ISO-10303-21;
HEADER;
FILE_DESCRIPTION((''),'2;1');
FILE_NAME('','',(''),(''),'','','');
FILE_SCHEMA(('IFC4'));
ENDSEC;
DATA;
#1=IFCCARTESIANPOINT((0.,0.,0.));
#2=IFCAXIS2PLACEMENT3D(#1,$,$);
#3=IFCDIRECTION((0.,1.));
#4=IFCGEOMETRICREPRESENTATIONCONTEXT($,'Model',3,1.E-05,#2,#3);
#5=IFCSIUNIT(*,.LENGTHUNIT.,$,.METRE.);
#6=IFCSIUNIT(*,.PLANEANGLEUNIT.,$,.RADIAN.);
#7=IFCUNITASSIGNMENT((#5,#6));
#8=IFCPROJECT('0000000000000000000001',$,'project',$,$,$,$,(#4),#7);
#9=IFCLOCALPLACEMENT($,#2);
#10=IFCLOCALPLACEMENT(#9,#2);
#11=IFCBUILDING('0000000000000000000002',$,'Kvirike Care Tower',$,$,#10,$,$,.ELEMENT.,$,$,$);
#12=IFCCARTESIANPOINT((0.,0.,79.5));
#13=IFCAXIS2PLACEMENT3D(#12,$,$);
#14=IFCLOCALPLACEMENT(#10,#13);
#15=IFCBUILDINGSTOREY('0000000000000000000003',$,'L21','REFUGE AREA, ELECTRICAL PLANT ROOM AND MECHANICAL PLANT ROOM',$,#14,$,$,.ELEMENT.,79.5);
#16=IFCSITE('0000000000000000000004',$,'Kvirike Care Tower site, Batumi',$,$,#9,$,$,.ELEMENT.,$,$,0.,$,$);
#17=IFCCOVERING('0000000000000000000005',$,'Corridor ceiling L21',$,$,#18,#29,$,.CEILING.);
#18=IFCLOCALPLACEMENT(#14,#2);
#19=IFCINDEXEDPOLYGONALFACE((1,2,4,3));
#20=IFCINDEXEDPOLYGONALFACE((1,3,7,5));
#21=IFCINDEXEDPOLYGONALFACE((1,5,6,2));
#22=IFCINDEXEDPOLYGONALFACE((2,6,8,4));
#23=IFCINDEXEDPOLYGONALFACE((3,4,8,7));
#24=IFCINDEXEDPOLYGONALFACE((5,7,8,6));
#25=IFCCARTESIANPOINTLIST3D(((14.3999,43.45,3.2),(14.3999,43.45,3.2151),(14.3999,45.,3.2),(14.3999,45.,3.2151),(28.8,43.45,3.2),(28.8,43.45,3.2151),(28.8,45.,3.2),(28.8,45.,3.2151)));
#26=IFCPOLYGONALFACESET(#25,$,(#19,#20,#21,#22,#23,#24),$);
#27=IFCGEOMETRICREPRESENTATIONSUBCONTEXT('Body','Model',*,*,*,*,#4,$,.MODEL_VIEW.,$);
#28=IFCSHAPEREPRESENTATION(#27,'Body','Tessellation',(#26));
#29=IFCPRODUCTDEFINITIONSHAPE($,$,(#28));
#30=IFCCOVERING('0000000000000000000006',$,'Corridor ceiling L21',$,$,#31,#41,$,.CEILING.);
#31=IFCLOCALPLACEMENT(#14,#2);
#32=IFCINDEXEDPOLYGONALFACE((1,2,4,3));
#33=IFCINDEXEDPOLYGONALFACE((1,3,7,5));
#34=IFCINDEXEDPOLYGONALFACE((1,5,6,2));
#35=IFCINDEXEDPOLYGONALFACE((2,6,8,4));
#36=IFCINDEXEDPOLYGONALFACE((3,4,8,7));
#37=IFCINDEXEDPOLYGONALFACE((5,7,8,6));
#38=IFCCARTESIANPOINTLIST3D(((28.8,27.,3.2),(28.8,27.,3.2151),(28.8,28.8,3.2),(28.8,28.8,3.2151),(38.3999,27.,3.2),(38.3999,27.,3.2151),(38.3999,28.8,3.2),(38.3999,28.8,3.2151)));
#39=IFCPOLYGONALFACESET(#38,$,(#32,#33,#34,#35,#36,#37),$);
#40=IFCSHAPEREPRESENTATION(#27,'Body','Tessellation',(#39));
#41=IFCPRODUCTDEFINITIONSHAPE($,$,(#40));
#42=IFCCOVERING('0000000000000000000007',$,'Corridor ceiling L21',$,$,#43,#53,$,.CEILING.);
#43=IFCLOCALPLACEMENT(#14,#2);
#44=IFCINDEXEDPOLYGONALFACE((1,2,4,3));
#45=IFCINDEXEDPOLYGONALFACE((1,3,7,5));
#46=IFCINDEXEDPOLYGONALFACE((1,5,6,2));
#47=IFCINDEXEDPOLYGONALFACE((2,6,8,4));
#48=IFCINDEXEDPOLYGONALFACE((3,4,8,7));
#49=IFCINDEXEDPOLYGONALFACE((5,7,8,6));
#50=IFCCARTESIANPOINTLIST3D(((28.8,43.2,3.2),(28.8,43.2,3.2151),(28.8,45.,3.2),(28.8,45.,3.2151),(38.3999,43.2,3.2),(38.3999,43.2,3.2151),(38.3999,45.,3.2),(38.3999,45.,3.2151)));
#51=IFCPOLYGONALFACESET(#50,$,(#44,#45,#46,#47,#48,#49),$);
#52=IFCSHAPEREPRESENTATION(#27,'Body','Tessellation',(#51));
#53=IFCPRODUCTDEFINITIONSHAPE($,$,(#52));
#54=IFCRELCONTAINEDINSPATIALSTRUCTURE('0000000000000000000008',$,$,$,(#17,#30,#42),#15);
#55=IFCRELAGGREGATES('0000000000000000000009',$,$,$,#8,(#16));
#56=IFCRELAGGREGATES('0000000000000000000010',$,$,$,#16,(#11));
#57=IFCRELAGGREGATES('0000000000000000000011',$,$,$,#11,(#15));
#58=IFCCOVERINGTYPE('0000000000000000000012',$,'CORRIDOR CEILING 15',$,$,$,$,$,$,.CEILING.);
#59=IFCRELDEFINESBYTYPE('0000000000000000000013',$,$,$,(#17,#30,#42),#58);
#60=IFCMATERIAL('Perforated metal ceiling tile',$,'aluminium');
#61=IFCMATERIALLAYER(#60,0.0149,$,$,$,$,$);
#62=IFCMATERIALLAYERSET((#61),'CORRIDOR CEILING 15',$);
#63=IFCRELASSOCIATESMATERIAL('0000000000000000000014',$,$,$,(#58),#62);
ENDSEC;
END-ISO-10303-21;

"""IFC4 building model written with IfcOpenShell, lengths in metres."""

from ifc_helpers import new_model, si_unit, direction, frame, origin, place, context, subcontext, project, spatial, polyline, outline, extrude, material, layer, layer_set, type_object, element, save


model = new_model("IFC4")

# Units and contexts
model_context = context("Model", 3, precision=1e-05, world=origin(), true_north=direction((0.0, 1.0)))
body_context = subcontext(model_context, "Body", "Model", "MODEL_VIEW")
ifc_project = project(units=[si_unit("LENGTHUNIT", "METRE"), si_unit("PLANEANGLEUNIT", "RADIAN")], contexts=[model_context])

# Site, building, storey
site_placement = place(None, origin())
site = spatial("IfcSite", under=ifc_project, at=site_placement, Name="Kvirike Care Tower site, Batumi", CompositionType="ELEMENT", RefElevation=0.0)
building_placement = place(site_placement, origin())
building = spatial("IfcBuilding", under=site, at=building_placement, Name="Kvirike Care Tower", CompositionType="ELEMENT")
storey_placement = place(building_placement, frame((0.0, 0.0, 79.5)))
storey = spatial("IfcBuildingStorey", under=building, at=storey_placement, Name="L21", Description="REFUGE AREA, ELECTRICAL PLANT ROOM AND MECHANICAL PLANT ROOM", CompositionType="ELEMENT", Elevation=79.5)

# Coverings
ifc_material_1 = material(Name="Perforated metal ceiling tile", Category="aluminium")
ifc_layer_1 = layer(ifc_material_1, 0.0149)
ifc_layer_set_1 = layer_set([ifc_layer_1], Name="CORRIDOR CEILING 15")
covering_type = type_object("IfcCoveringType", Name="CORRIDOR CEILING 15", PredefinedType="CEILING", material=ifc_layer_set_1)
covering_1_placement = place(storey_placement, frame((0.0, 0.0, 3.2)))
element("IfcCovering", 1, at=covering_1_placement, inside=storey, type_object=covering_type, Name="Corridor ceiling L21", PredefinedType="CEILING", context=body_context, shape_type="SweptSolid", body=[
    extrude(outline(polyline([(28.8, 45.0), (28.8, 43.45), (14.3999, 43.45), (14.3999, 45.0), (28.8, 45.0)])), origin(), (0.0, 0.0, 1.0), 0.0151),
])
covering_2_placement = place(storey_placement, frame((0.0, 0.0, 3.2)))
element("IfcCovering", 2, at=covering_2_placement, inside=storey, type_object=covering_type, Name="Corridor ceiling L21", PredefinedType="CEILING", context=body_context, shape_type="SweptSolid", body=[
    extrude(outline(polyline([(28.8, 27.0), (28.8, 28.8), (38.3999, 28.8), (38.3999, 27.0), (28.8, 27.0)])), origin(), (0.0, 0.0, 1.0), 0.0151),
])
covering_3_placement = place(storey_placement, frame((0.0, 0.0, 3.2)))
element("IfcCovering", 3, at=covering_3_placement, inside=storey, type_object=covering_type, Name="Corridor ceiling L21", PredefinedType="CEILING", context=body_context, shape_type="SweptSolid", body=[
    extrude(outline(polyline([(38.3999, 45.0), (38.3999, 43.2), (28.8, 43.2), (28.8, 45.0), (38.3999, 45.0)])), origin(), (0.0, 0.0, 1.0), 0.0151),
])

save(model, "model.ifc")
